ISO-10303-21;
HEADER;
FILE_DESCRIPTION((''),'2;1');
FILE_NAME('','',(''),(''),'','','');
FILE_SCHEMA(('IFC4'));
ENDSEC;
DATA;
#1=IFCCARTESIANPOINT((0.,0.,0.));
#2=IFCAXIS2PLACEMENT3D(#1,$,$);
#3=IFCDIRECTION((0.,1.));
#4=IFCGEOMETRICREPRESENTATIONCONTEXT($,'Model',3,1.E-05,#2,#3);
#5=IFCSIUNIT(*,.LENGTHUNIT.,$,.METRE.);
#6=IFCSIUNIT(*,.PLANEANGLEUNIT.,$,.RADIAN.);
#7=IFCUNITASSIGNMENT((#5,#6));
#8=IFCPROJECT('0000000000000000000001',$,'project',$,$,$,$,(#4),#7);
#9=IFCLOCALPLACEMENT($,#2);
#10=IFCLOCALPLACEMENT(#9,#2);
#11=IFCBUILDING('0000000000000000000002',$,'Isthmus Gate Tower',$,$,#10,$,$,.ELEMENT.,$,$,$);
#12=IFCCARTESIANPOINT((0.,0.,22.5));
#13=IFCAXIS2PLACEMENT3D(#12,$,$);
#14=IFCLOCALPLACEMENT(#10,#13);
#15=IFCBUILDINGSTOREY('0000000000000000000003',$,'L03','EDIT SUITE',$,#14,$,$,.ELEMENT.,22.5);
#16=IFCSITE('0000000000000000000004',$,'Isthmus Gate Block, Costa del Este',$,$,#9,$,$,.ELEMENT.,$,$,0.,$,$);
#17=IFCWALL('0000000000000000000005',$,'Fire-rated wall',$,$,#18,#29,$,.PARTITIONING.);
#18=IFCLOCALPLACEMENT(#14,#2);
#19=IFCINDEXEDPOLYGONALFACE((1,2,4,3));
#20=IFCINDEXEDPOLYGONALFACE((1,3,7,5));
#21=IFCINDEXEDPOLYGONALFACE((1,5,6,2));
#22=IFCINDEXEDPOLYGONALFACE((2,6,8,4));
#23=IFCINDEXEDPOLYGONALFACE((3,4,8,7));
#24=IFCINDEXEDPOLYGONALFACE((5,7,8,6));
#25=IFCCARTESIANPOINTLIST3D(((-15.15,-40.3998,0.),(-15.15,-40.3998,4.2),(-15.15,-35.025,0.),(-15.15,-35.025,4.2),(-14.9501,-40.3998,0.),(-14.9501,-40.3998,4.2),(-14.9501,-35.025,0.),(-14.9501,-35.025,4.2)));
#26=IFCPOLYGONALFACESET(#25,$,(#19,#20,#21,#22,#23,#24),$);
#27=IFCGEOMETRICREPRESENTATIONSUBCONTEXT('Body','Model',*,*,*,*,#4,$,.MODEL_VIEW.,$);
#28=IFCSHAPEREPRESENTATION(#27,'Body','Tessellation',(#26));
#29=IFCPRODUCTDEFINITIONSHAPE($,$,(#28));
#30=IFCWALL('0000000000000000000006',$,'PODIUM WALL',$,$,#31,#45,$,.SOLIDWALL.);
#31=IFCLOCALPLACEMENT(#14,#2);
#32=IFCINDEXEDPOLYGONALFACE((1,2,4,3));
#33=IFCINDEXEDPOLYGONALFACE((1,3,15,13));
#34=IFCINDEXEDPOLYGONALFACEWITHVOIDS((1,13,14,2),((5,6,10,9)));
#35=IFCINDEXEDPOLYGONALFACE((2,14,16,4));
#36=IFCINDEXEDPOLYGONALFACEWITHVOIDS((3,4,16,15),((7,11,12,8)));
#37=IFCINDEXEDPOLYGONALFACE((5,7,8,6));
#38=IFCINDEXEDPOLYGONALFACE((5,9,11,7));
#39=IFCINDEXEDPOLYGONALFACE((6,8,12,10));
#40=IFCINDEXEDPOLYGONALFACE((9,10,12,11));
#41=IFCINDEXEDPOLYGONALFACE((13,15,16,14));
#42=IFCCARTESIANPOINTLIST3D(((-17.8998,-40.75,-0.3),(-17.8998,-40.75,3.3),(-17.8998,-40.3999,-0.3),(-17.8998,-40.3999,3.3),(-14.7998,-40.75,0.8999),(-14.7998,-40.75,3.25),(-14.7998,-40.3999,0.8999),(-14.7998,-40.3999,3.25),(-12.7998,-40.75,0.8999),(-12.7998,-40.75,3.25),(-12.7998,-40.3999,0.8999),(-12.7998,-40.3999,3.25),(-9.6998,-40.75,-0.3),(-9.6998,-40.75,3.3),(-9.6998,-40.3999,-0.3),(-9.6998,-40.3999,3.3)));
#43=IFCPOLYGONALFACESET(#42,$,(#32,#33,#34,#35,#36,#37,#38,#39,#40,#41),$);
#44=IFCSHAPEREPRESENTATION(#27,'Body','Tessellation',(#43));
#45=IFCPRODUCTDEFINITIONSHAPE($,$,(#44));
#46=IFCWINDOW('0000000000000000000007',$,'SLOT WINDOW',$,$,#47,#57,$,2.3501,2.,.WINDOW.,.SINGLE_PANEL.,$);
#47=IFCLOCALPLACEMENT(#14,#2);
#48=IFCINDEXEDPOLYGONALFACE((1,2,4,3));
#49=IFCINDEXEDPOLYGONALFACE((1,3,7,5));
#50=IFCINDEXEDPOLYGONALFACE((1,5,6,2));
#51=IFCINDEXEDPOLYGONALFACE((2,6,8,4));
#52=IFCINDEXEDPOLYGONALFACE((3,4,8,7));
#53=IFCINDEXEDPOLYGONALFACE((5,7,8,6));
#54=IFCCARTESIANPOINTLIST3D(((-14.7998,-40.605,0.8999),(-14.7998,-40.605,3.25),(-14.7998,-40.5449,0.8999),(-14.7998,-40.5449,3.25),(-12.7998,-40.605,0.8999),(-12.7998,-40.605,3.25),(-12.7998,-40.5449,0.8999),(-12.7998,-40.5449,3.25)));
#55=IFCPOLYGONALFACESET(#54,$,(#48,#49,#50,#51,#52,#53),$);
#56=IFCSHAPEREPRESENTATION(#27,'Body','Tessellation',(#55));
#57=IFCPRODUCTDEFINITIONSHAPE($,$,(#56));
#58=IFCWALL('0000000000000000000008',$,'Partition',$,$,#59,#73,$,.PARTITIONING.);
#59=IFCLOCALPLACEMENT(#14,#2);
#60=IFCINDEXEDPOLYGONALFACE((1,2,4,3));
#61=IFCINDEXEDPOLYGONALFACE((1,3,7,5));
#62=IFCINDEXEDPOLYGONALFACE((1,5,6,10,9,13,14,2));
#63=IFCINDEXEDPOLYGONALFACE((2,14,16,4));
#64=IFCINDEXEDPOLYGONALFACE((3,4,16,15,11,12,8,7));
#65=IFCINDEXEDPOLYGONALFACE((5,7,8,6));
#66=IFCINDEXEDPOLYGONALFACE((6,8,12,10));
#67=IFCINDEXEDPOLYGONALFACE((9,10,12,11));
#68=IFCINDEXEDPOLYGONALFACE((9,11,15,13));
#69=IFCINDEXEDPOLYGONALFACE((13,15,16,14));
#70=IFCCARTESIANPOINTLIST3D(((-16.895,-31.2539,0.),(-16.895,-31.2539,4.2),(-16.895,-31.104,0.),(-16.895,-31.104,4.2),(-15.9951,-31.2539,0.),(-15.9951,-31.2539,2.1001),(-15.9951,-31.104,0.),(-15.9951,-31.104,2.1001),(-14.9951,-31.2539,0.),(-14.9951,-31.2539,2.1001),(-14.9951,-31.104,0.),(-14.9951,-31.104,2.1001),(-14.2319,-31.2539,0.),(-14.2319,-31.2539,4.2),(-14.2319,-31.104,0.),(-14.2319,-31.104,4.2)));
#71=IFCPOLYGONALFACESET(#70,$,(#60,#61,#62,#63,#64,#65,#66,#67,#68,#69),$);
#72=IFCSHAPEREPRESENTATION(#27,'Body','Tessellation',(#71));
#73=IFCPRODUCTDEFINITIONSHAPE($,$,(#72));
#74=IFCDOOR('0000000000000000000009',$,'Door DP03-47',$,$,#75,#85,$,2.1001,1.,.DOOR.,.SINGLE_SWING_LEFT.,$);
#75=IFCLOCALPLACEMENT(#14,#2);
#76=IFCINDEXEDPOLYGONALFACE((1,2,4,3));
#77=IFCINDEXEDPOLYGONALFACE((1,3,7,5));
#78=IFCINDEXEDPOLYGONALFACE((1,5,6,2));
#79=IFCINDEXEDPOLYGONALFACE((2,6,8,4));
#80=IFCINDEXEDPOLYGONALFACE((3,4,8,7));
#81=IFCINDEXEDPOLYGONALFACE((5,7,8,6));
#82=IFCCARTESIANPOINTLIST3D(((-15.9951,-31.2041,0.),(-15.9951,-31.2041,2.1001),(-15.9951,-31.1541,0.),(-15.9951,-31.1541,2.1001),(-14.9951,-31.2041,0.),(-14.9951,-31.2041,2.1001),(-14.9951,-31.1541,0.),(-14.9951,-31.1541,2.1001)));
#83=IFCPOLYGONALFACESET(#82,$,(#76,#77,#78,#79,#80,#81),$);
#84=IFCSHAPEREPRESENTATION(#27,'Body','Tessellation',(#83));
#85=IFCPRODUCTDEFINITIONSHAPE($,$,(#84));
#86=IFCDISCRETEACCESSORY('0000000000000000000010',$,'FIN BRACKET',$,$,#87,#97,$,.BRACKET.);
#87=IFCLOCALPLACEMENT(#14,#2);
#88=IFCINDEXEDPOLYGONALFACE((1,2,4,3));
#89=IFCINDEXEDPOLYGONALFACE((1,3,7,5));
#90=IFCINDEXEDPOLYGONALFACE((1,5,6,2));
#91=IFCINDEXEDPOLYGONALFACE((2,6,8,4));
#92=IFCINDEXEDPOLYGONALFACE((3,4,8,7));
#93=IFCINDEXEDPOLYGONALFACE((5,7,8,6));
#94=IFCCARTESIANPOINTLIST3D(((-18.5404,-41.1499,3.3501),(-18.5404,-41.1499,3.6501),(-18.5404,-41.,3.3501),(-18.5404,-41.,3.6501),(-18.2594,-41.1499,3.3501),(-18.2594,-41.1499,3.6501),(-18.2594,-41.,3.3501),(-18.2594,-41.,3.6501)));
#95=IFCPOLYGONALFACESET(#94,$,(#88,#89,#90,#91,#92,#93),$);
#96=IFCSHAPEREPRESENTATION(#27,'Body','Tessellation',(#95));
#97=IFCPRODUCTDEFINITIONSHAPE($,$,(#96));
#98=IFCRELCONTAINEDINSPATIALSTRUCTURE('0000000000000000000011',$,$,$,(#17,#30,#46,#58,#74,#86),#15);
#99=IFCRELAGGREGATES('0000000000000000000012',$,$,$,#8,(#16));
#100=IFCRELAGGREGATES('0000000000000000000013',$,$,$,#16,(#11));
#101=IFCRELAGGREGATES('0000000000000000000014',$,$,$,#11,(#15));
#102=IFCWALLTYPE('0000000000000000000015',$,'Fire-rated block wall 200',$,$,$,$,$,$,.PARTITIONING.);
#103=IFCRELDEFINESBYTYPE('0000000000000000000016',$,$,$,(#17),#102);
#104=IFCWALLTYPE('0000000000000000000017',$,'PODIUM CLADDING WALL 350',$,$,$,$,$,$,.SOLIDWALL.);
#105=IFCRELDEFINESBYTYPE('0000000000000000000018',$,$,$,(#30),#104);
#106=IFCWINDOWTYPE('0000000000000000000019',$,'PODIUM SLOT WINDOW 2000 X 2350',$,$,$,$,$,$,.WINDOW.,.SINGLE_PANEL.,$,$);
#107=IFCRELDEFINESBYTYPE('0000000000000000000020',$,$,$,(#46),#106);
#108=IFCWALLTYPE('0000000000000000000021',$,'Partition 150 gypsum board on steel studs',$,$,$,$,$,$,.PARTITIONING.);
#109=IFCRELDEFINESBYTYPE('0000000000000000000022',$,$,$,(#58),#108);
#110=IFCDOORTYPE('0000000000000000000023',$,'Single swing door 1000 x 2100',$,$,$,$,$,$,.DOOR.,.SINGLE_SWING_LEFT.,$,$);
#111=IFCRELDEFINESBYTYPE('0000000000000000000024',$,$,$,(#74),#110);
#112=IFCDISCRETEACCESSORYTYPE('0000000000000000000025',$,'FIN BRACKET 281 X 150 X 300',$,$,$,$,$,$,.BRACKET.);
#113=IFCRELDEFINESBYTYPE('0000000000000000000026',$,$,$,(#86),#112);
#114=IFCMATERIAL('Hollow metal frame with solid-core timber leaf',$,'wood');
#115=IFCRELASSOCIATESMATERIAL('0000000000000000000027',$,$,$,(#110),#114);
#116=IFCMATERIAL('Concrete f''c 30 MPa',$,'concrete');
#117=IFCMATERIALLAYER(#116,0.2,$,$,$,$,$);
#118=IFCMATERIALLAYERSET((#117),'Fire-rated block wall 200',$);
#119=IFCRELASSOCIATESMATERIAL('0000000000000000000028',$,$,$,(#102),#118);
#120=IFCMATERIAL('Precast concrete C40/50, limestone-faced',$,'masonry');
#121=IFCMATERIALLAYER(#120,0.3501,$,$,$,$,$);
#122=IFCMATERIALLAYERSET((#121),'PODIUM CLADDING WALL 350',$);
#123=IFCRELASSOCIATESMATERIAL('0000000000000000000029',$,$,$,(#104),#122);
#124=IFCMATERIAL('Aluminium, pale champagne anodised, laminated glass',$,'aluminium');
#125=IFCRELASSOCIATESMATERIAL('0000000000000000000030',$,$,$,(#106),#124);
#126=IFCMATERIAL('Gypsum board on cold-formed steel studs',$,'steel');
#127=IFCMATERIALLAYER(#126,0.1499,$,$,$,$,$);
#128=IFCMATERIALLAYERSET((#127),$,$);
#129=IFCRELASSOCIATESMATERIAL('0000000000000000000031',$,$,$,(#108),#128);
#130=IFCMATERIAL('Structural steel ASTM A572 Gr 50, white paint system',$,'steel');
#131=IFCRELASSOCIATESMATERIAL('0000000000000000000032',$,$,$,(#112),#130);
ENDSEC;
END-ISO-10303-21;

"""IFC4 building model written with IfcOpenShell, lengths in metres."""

from ifc_helpers import new_model, si_unit, direction, frame, frame_2d, origin, origin_2d, place, context, subcontext, project, spatial, rectangle, extrude, material, layer, layer_set, type_object, element, fill, save


model = new_model("IFC4")

# Units and contexts
model_context = context("Model", 3, precision=1e-05, world=origin(), true_north=direction((0.0, 1.0)))
body_context = subcontext(model_context, "Body", "Model", "MODEL_VIEW")
ifc_project = project(units=[si_unit("LENGTHUNIT", "METRE"), si_unit("PLANEANGLEUNIT", "RADIAN")], contexts=[model_context])

# Site, building, storey
site_placement = place(None, origin())
site = spatial("IfcSite", under=ifc_project, at=site_placement, Name="Isthmus Gate Block, Costa del Este", CompositionType="ELEMENT", RefElevation=0.0)
building_placement = place(site_placement, origin())
building = spatial("IfcBuilding", under=site, at=building_placement, Name="Isthmus Gate Tower", CompositionType="ELEMENT")
storey_placement = place(building_placement, frame((0.0, 0.0, 22.5)))
storey = spatial("IfcBuildingStorey", under=building, at=storey_placement, Name="L03", Description="EDIT SUITE", CompositionType="ELEMENT", Elevation=22.5)

# Shared definitions
ifc_material_1 = material(Name="Hollow metal frame with solid-core timber leaf", Category="wood")
door_type = type_object("IfcDoorType", Name="Single swing door 1000 x 2100", OperationType="SINGLE_SWING_LEFT", PredefinedType="DOOR", material=ifc_material_1)

# Wall
ifc_material_2 = material(Name="Concrete f'c 30 MPa", Category="concrete")
ifc_layer_1 = layer(ifc_material_2, 0.2)
ifc_layer_set_1 = layer_set([ifc_layer_1], Name="Fire-rated block wall 200")
wall_type_1 = type_object("IfcWallType", Name="Fire-rated block wall 200", PredefinedType="PARTITIONING", material=ifc_layer_set_1)
wall_1_placement = place(storey_placement, frame((-15.05, -40.3999, 0.0), z_axis=(0.0, 0.0, 1.0), x_axis=(0.0, 1.0, 0.0)))
element("IfcWall", 1, at=wall_1_placement, inside=storey, type_object=wall_type_1, Name="Fire-rated wall", PredefinedType="PARTITIONING", context=body_context, shape_type="SweptSolid", body=[
    extrude(rectangle(XDim=5.3748, YDim=0.2, at=frame_2d((2.6875, 0.0))), origin(), (0.0, 0.0, 1.0), 4.2),
])

# Wall, opening, window
ifc_material_3 = material(Name="Precast concrete C40/50, limestone-faced", Category="masonry")
ifc_layer_2 = layer(ifc_material_3, 0.3501)
ifc_layer_set_2 = layer_set([ifc_layer_2], Name="PODIUM CLADDING WALL 350")
wall_type_2 = type_object("IfcWallType", Name="PODIUM CLADDING WALL 350", PredefinedType="SOLIDWALL", material=ifc_layer_set_2)
wall_2_placement = place(storey_placement, frame((-17.8999, -40.575, -0.3), z_axis=(0.0, 0.0, 1.0), x_axis=(1.0, 0.0, 0.0)))
wall_2 = element("IfcWall", 2, at=wall_2_placement, inside=storey, type_object=wall_type_2, Name="PODIUM WALL", PredefinedType="SOLIDWALL", context=body_context, shape_type="SweptSolid", body=[
    extrude(rectangle(XDim=8.2, YDim=0.3501, at=frame_2d((4.1001, 0.0))), origin(), (0.0, 0.0, 1.0), 3.6001),
])
opening_1_placement = place(wall_2_placement, frame((3.1001, 0.0, 1.2)))
opening_1 = element("IfcOpeningElement", 3, at=opening_1_placement, cuts=wall_2, PredefinedType="OPENING", context=body_context, shape_type="SweptSolid", body=[
    extrude(rectangle(XDim=2.0, YDim=2.3501, at=frame_2d((1.0, 1.175))), frame((0.0, 0.1851, 0.0), z_axis=(0.0, -1.0, 0.0), x_axis=(1.0, 0.0, 0.0)), (0.0, 0.0, 1.0), 0.3701),
])
ifc_material_4 = material(Name="Aluminium, pale champagne anodised, laminated glass", Category="aluminium")
window_type = type_object("IfcWindowType", Name="PODIUM SLOT WINDOW 2000 X 2350", PartitioningType="SINGLE_PANEL", PredefinedType="WINDOW", material=ifc_material_4)
window_placement = place(opening_1_placement, origin())
window = element("IfcWindow", 4, at=window_placement, inside=storey, type_object=window_type, Name="SLOT WINDOW", OverallHeight=2.3501, OverallWidth=2.0, PartitioningType="SINGLE_PANEL", PredefinedType="WINDOW", context=body_context, shape_type="SweptSolid", body=[
    extrude(rectangle(XDim=2.0, YDim=2.3501, at=frame_2d((1.0, 1.175))), frame((0.0, 0.03, 0.0), z_axis=(0.0, -1.0, 0.0), x_axis=(1.0, 0.0, 0.0)), (0.0, 0.0, 1.0), 0.0601),
])
fill(opening_1, window)

# Wall, opening, door
ifc_material_5 = material(Name="Gypsum board on cold-formed steel studs", Category="steel")
ifc_layer_3 = layer(ifc_material_5, 0.1499)
ifc_layer_set_3 = layer_set([ifc_layer_3])
wall_type_3 = type_object("IfcWallType", Name="Partition 150 gypsum board on steel studs", PredefinedType="PARTITIONING", material=ifc_layer_set_3)
wall_3_placement = place(storey_placement, frame((-16.895, -31.179, 0.0), z_axis=(0.0, 0.0, 1.0), x_axis=(1.0, 0.0, 0.0)))
wall_3 = element("IfcWall", 5, at=wall_3_placement, inside=storey, type_object=wall_type_3, Name="Partition", PredefinedType="PARTITIONING", context=body_context, shape_type="SweptSolid", body=[
    extrude(rectangle(XDim=2.6631, YDim=0.1499, at=frame_2d((1.3315, 0.0))), origin(), (0.0, 0.0, 1.0), 4.2),
])
opening_2_placement = place(wall_3_placement, frame((0.8999, 0.0, 0.0)))
opening_2 = element("IfcOpeningElement", 6, at=opening_2_placement, cuts=wall_3, PredefinedType="OPENING", context=body_context, shape_type="SweptSolid", body=[
    extrude(rectangle(XDim=1.0, YDim=2.1001, at=frame_2d((0.5, 1.05))), frame((0.0, 0.085, 0.0), z_axis=(0.0, -1.0, 0.0), x_axis=(1.0, 0.0, 0.0)), (0.0, 0.0, 1.0), 0.1699),
])
door_1_placement = place(opening_2_placement, origin())
door_1 = element("IfcDoor", 7, at=door_1_placement, inside=storey, type_object=door_type, Name="Door DP03-47", OperationType="SINGLE_SWING_LEFT", OverallHeight=2.1001, OverallWidth=1.0, PredefinedType="DOOR", context=body_context, shape_type="SweptSolid", body=[
    extrude(rectangle(XDim=1.0, YDim=2.1001, at=frame_2d((0.5, 1.05))), frame((0.0, 0.0249, 0.0), z_axis=(0.0, -1.0, 0.0), x_axis=(1.0, 0.0, 0.0)), (0.0, 0.0, 1.0), 0.05),
])
fill(opening_2, door_1)

# Discrete accessory
ifc_material_6 = material(Name="Structural steel ASTM A572 Gr 50, white paint system", Category="steel")
discrete_accessory_type = type_object("IfcDiscreteAccessoryType", Name="FIN BRACKET 281 X 150 X 300", PredefinedType="BRACKET", material=ifc_material_6)
discrete_accessory_placement = place(storey_placement, frame((-18.3999, -41.075, 3.3501), z_axis=(0.0, 0.0, 1.0), x_axis=(0.0, -1.0, 0.0)))
element("IfcDiscreteAccessory", 8, at=discrete_accessory_placement, inside=storey, type_object=discrete_accessory_type, Name="FIN BRACKET", PredefinedType="BRACKET", context=body_context, shape_type="SweptSolid", body=[
    extrude(rectangle(XDim=0.1499, YDim=0.281, at=origin_2d()), origin(), (0.0, 0.0, 1.0), 0.3),
])

save(model, "model.ifc")
